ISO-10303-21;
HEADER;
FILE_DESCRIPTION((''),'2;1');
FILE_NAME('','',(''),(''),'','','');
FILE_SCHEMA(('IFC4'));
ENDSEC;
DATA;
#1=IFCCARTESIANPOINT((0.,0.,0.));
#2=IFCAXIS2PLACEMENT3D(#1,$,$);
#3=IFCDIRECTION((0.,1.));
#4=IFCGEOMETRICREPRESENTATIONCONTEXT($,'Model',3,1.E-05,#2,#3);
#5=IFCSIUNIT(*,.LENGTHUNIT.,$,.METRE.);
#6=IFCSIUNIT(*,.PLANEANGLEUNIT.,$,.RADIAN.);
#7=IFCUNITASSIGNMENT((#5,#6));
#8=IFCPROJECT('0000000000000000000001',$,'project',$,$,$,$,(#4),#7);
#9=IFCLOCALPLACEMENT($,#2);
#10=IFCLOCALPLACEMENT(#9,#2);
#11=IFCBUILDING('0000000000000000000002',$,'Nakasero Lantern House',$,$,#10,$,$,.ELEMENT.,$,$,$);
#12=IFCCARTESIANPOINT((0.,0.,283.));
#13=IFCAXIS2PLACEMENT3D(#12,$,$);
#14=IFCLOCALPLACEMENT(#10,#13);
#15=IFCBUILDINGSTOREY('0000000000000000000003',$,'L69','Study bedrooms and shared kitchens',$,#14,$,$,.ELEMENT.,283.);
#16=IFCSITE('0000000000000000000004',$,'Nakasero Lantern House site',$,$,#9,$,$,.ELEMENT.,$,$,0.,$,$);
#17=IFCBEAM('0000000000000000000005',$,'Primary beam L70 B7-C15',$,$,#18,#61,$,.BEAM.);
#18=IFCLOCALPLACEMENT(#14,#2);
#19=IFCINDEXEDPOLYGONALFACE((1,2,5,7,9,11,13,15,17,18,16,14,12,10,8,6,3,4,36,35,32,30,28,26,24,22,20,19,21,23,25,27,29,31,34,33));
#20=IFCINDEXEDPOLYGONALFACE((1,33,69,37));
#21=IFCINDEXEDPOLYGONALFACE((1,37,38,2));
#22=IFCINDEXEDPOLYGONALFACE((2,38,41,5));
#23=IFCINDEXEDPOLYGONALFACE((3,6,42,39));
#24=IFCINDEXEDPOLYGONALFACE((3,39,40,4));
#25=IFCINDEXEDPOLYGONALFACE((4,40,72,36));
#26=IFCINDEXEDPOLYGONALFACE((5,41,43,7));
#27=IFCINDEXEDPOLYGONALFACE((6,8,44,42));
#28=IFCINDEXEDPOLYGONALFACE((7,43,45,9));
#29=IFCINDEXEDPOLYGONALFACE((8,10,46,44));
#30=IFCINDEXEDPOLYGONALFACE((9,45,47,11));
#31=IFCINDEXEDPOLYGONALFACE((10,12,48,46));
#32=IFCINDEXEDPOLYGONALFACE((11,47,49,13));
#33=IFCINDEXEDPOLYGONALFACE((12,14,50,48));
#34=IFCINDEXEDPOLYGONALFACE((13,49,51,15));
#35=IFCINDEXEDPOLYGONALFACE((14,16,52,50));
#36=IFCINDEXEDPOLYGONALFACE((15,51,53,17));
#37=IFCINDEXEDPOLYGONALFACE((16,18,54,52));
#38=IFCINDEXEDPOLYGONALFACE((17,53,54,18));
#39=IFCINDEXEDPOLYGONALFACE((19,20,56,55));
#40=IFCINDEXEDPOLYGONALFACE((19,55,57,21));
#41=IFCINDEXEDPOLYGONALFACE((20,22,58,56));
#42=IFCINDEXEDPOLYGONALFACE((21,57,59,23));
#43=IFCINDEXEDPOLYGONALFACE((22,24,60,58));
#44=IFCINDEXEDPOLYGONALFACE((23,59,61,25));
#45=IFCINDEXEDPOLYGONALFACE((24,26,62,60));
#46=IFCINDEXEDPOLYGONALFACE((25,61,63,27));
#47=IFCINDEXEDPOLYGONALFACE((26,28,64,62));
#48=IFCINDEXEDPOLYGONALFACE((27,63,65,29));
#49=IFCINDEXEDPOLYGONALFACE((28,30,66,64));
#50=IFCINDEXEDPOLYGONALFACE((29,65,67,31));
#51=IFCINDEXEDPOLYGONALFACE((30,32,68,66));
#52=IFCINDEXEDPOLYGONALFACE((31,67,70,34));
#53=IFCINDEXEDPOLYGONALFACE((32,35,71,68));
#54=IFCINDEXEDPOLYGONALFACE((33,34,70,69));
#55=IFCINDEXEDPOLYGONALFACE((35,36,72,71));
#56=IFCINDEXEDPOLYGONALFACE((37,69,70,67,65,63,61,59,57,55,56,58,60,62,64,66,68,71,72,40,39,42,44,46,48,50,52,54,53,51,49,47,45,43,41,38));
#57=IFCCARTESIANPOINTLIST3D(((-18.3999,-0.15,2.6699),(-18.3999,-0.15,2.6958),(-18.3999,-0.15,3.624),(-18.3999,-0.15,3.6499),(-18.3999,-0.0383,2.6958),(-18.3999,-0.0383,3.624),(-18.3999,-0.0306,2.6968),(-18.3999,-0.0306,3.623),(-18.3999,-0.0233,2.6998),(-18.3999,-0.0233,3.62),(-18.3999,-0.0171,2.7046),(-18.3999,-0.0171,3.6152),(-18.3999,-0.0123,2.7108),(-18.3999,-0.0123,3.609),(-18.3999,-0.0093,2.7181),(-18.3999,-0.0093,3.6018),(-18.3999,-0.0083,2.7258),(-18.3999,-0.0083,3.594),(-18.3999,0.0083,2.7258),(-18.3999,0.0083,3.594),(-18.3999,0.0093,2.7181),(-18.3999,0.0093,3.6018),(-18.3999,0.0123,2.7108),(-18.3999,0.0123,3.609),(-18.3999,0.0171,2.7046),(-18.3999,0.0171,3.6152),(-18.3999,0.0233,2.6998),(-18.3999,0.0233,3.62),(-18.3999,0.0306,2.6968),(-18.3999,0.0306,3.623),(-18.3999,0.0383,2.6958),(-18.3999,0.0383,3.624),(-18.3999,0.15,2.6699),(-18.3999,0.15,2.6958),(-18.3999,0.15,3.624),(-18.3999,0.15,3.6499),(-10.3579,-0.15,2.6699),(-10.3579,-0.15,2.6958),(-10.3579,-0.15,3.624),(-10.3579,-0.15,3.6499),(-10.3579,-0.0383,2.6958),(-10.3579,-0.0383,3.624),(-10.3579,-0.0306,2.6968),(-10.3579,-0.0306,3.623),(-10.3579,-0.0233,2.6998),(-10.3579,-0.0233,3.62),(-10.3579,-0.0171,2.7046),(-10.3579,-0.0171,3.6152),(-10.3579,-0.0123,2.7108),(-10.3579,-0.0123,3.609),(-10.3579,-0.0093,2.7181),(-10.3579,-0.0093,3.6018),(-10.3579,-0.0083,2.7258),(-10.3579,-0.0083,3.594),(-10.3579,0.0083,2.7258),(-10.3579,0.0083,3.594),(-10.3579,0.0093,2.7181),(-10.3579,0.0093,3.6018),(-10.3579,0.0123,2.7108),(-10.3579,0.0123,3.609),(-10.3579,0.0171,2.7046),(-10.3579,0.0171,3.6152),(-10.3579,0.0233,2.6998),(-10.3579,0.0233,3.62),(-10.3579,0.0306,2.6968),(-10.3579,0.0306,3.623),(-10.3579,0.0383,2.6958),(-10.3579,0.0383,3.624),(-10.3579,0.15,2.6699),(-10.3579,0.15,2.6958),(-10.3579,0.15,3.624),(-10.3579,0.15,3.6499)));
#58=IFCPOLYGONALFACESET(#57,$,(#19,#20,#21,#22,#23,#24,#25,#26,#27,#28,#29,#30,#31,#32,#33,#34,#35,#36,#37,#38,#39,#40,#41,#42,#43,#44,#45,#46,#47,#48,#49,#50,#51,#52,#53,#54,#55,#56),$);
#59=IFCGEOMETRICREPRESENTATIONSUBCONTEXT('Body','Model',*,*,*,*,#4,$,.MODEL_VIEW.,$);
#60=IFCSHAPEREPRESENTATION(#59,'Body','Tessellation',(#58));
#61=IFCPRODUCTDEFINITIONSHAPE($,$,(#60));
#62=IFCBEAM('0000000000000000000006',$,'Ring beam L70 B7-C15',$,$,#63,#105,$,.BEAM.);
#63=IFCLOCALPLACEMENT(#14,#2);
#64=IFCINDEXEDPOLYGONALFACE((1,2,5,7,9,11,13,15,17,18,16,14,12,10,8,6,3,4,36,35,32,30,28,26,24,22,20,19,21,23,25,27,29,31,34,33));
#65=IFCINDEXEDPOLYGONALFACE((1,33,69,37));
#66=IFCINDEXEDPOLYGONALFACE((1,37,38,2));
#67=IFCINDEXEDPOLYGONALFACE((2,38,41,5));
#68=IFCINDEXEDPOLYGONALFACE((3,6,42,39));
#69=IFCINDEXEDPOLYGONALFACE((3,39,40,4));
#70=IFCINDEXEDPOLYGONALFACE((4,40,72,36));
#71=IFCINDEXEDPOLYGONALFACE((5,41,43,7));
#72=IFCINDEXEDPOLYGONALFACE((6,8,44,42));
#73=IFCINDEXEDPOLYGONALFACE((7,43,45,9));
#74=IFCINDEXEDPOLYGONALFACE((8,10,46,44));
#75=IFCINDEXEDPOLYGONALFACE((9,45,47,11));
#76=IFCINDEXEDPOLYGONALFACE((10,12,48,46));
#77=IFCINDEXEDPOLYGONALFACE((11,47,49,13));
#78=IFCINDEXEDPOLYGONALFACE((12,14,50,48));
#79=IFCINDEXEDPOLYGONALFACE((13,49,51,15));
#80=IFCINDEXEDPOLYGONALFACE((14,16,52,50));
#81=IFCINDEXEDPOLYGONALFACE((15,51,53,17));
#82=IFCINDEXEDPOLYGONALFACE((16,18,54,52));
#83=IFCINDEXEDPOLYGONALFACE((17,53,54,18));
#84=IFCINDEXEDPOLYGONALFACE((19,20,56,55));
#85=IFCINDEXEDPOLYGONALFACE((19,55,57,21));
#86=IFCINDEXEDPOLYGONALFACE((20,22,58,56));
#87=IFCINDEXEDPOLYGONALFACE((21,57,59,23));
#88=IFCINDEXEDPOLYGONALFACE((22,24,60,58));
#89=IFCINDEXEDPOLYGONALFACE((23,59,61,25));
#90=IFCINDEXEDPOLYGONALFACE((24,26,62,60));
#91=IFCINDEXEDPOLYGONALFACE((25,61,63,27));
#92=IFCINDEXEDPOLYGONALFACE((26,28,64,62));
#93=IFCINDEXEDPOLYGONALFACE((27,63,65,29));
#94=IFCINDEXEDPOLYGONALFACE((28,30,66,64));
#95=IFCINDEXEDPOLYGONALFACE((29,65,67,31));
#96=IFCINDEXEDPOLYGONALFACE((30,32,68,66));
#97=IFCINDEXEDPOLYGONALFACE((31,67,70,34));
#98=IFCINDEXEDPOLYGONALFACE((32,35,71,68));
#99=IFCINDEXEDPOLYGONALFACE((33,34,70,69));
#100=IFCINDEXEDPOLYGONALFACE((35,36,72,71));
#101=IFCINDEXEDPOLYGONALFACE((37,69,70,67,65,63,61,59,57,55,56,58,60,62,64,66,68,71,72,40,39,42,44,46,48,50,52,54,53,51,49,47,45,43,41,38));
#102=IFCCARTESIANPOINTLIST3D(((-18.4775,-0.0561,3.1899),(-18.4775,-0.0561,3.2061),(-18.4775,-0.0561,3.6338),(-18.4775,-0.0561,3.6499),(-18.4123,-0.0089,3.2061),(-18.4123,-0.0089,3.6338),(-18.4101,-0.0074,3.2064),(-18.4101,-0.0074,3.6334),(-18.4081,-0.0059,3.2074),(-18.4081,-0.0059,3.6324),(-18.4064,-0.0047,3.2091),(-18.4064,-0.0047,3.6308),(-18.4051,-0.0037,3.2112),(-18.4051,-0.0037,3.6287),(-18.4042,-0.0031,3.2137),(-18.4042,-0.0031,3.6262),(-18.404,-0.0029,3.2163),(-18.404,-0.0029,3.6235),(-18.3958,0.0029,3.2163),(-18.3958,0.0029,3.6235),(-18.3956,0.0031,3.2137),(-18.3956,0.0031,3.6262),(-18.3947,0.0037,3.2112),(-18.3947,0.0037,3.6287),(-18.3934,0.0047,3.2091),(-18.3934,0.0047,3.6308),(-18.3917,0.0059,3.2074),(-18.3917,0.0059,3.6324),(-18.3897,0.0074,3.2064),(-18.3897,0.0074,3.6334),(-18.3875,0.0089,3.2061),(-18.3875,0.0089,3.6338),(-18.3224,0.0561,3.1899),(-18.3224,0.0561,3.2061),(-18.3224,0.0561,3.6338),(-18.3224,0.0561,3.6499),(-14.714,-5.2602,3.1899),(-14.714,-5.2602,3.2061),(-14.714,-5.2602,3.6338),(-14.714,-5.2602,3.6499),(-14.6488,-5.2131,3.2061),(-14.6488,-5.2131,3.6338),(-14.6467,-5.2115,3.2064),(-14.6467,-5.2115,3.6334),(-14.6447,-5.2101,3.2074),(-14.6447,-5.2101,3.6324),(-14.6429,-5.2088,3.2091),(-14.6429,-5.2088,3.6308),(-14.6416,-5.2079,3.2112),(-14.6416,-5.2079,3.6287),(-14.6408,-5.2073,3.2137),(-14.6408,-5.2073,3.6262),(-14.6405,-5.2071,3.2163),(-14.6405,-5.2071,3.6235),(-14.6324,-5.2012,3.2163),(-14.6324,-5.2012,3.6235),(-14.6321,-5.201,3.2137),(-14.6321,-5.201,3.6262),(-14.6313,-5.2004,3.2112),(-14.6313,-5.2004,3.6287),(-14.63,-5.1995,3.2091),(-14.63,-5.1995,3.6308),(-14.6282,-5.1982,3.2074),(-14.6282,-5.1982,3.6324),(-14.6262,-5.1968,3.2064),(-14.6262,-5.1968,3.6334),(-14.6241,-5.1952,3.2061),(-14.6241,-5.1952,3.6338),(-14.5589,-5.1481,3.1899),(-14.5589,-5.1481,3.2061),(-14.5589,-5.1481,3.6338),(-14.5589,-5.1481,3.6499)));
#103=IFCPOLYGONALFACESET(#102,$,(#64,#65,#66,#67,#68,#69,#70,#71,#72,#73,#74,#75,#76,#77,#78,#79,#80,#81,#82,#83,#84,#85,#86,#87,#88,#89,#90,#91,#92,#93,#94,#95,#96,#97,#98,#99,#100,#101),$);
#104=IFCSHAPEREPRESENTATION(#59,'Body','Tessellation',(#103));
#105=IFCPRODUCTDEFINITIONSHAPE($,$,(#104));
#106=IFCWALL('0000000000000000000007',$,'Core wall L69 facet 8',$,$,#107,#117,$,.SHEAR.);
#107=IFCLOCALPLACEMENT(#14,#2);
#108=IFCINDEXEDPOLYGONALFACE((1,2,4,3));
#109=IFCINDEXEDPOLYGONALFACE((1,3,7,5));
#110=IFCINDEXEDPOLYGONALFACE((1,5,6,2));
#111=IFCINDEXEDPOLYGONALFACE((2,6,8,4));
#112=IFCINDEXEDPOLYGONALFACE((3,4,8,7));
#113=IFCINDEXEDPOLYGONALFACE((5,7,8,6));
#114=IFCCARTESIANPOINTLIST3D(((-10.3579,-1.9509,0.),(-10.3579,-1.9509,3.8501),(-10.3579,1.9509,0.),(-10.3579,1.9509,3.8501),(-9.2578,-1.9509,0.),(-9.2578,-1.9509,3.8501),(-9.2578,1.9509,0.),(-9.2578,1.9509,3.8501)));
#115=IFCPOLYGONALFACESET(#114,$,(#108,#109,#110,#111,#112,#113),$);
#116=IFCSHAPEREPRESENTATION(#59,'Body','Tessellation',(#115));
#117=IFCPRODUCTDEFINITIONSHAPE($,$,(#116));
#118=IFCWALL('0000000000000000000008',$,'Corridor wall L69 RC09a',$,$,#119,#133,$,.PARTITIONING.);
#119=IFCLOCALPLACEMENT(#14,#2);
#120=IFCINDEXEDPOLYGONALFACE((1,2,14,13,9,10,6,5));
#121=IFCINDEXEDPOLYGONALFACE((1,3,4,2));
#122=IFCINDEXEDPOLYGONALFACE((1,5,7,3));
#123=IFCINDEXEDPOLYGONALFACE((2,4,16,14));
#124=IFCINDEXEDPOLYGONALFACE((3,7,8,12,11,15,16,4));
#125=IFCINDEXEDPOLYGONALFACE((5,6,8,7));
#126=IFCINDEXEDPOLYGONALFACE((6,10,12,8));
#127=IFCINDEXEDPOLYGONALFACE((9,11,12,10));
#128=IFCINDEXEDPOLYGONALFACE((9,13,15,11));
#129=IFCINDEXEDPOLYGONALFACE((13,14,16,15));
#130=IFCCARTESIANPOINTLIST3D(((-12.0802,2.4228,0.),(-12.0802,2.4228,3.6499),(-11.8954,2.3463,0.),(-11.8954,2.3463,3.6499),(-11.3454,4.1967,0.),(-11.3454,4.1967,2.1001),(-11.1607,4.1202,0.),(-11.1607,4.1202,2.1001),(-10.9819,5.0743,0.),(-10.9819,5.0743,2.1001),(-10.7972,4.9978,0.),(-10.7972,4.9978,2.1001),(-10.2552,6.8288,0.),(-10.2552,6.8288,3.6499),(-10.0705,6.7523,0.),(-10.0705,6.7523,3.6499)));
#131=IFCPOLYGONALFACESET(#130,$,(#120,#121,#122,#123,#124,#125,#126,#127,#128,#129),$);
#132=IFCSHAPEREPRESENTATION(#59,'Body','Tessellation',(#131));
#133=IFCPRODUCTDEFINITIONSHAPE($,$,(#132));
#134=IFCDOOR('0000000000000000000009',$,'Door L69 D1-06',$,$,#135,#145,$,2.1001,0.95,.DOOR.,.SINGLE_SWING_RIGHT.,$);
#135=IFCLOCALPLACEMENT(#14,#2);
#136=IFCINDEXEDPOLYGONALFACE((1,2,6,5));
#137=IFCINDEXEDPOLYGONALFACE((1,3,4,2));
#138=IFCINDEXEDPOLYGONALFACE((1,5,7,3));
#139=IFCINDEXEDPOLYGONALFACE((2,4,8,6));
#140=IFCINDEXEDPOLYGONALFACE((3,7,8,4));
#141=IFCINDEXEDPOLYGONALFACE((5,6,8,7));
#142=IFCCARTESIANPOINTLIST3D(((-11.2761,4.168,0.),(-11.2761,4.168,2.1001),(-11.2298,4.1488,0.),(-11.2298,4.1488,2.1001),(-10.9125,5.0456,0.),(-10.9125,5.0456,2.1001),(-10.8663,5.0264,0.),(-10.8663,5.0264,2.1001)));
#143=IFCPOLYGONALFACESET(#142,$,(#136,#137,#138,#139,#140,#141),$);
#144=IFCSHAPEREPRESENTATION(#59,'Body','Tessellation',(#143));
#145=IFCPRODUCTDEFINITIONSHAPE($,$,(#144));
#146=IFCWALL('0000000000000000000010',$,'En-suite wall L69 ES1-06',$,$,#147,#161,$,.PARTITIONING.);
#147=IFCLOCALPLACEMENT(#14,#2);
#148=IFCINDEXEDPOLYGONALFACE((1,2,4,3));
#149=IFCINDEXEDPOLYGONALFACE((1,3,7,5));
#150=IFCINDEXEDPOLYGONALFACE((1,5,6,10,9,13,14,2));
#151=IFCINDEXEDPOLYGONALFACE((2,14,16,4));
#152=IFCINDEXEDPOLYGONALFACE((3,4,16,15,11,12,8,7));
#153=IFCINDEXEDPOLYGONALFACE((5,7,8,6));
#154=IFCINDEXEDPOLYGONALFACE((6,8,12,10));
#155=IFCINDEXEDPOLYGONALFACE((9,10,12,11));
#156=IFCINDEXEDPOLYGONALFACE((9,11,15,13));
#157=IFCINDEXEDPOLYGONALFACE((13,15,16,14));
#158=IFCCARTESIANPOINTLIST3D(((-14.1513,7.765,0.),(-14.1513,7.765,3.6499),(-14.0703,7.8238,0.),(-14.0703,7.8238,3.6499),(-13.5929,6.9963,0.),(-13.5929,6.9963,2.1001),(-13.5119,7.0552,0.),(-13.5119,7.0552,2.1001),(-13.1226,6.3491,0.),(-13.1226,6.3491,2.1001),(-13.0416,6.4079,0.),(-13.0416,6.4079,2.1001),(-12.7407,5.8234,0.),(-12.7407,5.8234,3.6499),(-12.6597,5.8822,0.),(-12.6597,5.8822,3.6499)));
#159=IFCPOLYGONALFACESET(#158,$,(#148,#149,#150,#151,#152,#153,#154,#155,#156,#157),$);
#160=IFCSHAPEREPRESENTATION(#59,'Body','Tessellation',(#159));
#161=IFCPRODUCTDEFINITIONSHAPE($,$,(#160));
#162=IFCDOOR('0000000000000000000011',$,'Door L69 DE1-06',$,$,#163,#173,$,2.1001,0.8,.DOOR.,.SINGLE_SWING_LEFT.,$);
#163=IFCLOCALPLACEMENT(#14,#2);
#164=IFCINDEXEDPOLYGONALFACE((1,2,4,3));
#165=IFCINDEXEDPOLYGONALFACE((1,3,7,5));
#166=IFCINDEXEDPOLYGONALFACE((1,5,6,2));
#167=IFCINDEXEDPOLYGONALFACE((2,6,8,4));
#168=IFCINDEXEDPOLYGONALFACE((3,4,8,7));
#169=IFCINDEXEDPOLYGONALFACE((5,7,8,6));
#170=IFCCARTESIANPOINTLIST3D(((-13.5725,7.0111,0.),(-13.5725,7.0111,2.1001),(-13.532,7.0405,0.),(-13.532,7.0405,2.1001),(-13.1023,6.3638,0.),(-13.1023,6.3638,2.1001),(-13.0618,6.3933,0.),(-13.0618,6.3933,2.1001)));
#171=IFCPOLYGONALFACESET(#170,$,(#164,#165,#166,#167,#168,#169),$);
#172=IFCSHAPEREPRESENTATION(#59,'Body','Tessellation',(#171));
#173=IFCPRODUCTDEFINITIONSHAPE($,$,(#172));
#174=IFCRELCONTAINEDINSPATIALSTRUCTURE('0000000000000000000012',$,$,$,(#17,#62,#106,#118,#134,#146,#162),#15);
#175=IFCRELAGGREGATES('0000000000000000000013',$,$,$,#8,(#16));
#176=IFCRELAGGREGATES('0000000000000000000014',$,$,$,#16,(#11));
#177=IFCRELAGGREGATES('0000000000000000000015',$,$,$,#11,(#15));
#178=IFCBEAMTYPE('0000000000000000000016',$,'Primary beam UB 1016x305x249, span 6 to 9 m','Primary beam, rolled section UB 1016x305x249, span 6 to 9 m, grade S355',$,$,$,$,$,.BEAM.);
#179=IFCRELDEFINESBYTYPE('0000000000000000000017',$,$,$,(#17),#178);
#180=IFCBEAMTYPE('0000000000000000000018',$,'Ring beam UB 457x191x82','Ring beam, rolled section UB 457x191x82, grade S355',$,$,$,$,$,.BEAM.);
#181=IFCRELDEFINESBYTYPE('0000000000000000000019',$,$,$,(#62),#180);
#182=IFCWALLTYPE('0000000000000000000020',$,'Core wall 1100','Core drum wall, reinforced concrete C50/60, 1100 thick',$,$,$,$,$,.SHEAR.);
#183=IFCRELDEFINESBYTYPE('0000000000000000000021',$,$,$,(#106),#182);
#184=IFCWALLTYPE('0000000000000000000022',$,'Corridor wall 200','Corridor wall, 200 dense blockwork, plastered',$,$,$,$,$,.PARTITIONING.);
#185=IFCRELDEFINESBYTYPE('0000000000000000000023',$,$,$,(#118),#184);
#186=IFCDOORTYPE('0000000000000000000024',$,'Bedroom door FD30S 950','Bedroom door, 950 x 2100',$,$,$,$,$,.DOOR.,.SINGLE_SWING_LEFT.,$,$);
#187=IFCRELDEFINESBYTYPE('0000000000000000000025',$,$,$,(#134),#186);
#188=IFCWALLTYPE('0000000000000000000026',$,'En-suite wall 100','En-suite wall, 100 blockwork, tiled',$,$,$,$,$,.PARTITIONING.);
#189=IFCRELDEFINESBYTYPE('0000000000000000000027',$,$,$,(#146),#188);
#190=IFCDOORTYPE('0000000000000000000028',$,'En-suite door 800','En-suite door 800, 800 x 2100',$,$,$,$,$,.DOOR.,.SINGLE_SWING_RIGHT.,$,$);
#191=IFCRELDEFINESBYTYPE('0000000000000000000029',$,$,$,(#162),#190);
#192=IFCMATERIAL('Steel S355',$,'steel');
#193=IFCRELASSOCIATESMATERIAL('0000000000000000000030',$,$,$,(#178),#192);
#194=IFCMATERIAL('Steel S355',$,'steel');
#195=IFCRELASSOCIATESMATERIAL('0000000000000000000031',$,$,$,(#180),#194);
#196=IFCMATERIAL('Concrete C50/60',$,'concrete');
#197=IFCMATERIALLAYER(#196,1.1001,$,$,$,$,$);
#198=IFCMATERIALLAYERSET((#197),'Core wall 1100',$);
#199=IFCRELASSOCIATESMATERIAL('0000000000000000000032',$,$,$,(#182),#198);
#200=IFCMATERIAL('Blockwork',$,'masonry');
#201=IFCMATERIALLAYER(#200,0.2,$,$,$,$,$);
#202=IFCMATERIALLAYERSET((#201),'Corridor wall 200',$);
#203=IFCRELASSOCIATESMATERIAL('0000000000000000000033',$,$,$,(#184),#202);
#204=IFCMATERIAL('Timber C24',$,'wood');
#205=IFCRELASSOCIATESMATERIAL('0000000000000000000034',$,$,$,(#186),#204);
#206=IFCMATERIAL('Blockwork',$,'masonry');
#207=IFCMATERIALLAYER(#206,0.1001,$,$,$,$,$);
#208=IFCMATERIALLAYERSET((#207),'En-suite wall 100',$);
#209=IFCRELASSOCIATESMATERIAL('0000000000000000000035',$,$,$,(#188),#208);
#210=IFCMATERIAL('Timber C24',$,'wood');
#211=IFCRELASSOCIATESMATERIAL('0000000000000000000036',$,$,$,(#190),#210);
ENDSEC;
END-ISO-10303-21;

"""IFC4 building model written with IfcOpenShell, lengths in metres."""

from ifc_helpers import new_model, si_unit, direction, frame, frame_2d, origin, origin_2d, place, context, subcontext, project, spatial, rectangle, i_section, extrude, material, layer, layer_set, material_profile, profile_set, type_object, element, fill, save


model = new_model("IFC4")

# Units and contexts
model_context = context("Model", 3, precision=1e-05, world=origin(), true_north=direction((0.0, 1.0)))
body_context = subcontext(model_context, "Body", "Model", "MODEL_VIEW")
ifc_project = project(units=[si_unit("LENGTHUNIT", "METRE"), si_unit("PLANEANGLEUNIT", "RADIAN")], contexts=[model_context])

# Site, building, storey
site_placement = place(None, origin())
site = spatial("IfcSite", under=ifc_project, at=site_placement, Name="Nakasero Lantern House site", CompositionType="ELEMENT", RefElevation=0.0)
building_placement = place(site_placement, origin())
building = spatial("IfcBuilding", under=site, at=building_placement, Name="Nakasero Lantern House", CompositionType="ELEMENT")
storey_placement = place(building_placement, frame((0.0, 0.0, 283.0)))
storey = spatial("IfcBuildingStorey", under=building, at=storey_placement, Name="L69", Description="Study bedrooms and shared kitchens", CompositionType="ELEMENT", Elevation=283.0)

# Beams
ifc_material_1 = material(Name="Steel S355", Category="steel")
ifc_material_profile_1 = material_profile(ifc_material_1, i_section(OverallWidth=0.3, OverallDepth=0.98, WebThickness=0.0166, FlangeThickness=0.0259, FilletRadius=0.03, at=origin_2d()), Name="UB 1016x305x249")
ifc_profile_set_1 = profile_set([ifc_material_profile_1], Name="Steel S355")
beam_type_1 = type_object("IfcBeamType", Name="Primary beam UB 1016x305x249, span 6 to 9 m", Description="Primary beam, rolled section UB 1016x305x249, span 6 to 9 m, grade S355", PredefinedType="BEAM", material=ifc_profile_set_1)
beam_1_placement = place(storey_placement, frame((-18.3999, 0.0, 3.1599), z_axis=(1.0, 0.0, 0.0), x_axis=(0.0, 1.0, 0.0)))
element("IfcBeam", 1, at=beam_1_placement, inside=storey, type_object=beam_type_1, Name="Primary beam L70 B7-C15", PredefinedType="BEAM", context=body_context, shape_type="SweptSolid", body=[
    extrude(i_section(OverallWidth=0.3, OverallDepth=0.98, WebThickness=0.0166, FlangeThickness=0.0259, FilletRadius=0.03, at=origin_2d()), origin(), (0.0, 0.0, 1.0), 8.042),
])
ifc_material_2 = material(Name="Steel S355", Category="steel")
ifc_material_profile_2 = material_profile(ifc_material_2, i_section(OverallWidth=0.1914, OverallDepth=0.46, WebThickness=0.01, FlangeThickness=0.0161, FilletRadius=0.0103, at=origin_2d()), Name="UB 457x191x82")
ifc_profile_set_2 = profile_set([ifc_material_profile_2], Name="Steel S355")
beam_type_2 = type_object("IfcBeamType", Name="Ring beam UB 457x191x82", Description="Ring beam, rolled section UB 457x191x82, grade S355", PredefinedType="BEAM", material=ifc_profile_set_2)
beam_2_placement = place(storey_placement, frame((-18.3999, 0.0, 3.4199), z_axis=(0.585993, -0.810316, 0.0), x_axis=(0.810316, 0.585993, 0.0)))
element("IfcBeam", 2, at=beam_2_placement, inside=storey, type_object=beam_type_2, Name="Ring beam L70 B7-C15", PredefinedType="BEAM", context=body_context, shape_type="SweptSolid", body=[
    extrude(i_section(OverallWidth=0.1914, OverallDepth=0.46, WebThickness=0.01, FlangeThickness=0.0161, FilletRadius=0.0103, at=origin_2d()), origin(), (0.0, 0.0, 1.0), 6.4224),
])

# Wall
ifc_material_3 = material(Name="Concrete C50/60", Category="concrete")
ifc_layer_1 = layer(ifc_material_3, 1.1001)
ifc_layer_set_1 = layer_set([ifc_layer_1], Name="Core wall 1100")
wall_type_1 = type_object("IfcWallType", Name="Core wall 1100", Description="Core drum wall, reinforced concrete C50/60, 1100 thick", PredefinedType="SHEAR", material=ifc_layer_set_1)
wall_1_placement = place(storey_placement, frame((-9.8079, 1.9509, 0.0), z_axis=(0.0, 0.0, 1.0), x_axis=(0.0, -1.0, 0.0)))
element("IfcWall", 3, at=wall_1_placement, inside=storey, type_object=wall_type_1, Name="Core wall L69 facet 8", PredefinedType="SHEAR", context=body_context, shape_type="SweptSolid", body=[
    extrude(rectangle(XDim=3.9019, YDim=1.1001, at=frame_2d((1.9509, 0.0))), origin(), (0.0, 0.0, 1.0), 3.8501),
])

# Walls, openings, doors
ifc_material_4 = material(Name="Blockwork", Category="masonry")
ifc_layer_2 = layer(ifc_material_4, 0.2)
ifc_layer_set_2 = layer_set([ifc_layer_2], Name="Corridor wall 200")
wall_type_2 = type_object("IfcWallType", Name="Corridor wall 200", Description="Corridor wall, 200 dense blockwork, plastered", PredefinedType="PARTITIONING", material=ifc_layer_set_2)
wall_2_placement = place(storey_placement, frame((-11.9878, 2.3845, 0.0), z_axis=(0.0, 0.0, 1.0), x_axis=(0.38267, 0.923885, 0.0)))
wall_2 = element("IfcWall", 4, at=wall_2_placement, inside=storey, type_object=wall_type_2, Name="Corridor wall L69 RC09a", PredefinedType="PARTITIONING", context=body_context, shape_type="SweptSolid", body=[
    extrude(rectangle(XDim=4.769, YDim=0.2, at=frame_2d((2.3845, 0.0))), origin(), (0.0, 0.0, 1.0), 3.6499),
])
opening_1_placement = place(wall_2_placement, frame((1.9199, 0.0, 0.0)))
opening_1 = element("IfcOpeningElement", 5, at=opening_1_placement, cuts=wall_2, PredefinedType="OPENING", context=body_context, shape_type="SweptSolid", body=[
    extrude(rectangle(XDim=0.95, YDim=2.1001, at=frame_2d((0.4751, 1.05))), frame((0.0, 0.1199, 0.0), z_axis=(0.0, -1.0, 0.0), x_axis=(1.0, 0.0, 0.0)), (0.0, 0.0, 1.0), 0.24),
])
ifc_material_5 = material(Name="Timber C24", Category="wood")
door_type_1 = type_object("IfcDoorType", Name="Bedroom door FD30S 950", Description="Bedroom door, 950 x 2100", OperationType="SINGLE_SWING_LEFT", PredefinedType="DOOR", material=ifc_material_5)
door_1_placement = place(opening_1_placement, origin())
door_1 = element("IfcDoor", 6, at=door_1_placement, inside=storey, type_object=door_type_1, Name="Door L69 D1-06", OperationType="SINGLE_SWING_RIGHT", OverallHeight=2.1001, OverallWidth=0.95, PredefinedType="DOOR", context=body_context, shape_type="SweptSolid", body=[
    extrude(rectangle(XDim=0.95, YDim=2.1001, at=frame_2d((0.4751, 1.05))), frame((0.0, 0.0249, 0.0), z_axis=(0.0, -1.0, 0.0), x_axis=(1.0, 0.0, 0.0)), (0.0, 0.0, 1.0), 0.05),
])
fill(opening_1, door_1)
ifc_material_6 = material(Name="Blockwork", Category="masonry")
ifc_layer_3 = layer(ifc_material_6, 0.1001)
ifc_layer_set_3 = layer_set([ifc_layer_3], Name="En-suite wall 100")
wall_type_3 = type_object("IfcWallType", Name="En-suite wall 100", Description="En-suite wall, 100 blockwork, tiled", PredefinedType="PARTITIONING", material=ifc_layer_set_3)
wall_3_placement = place(storey_placement, frame((-12.7002, 5.8528, 0.0), z_axis=(0.0, 0.0, 1.0), x_axis=(-0.587772, 0.809026, 0.0)))
wall_3 = element("IfcWall", 7, at=wall_3_placement, inside=storey, type_object=wall_type_3, Name="En-suite wall L69 ES1-06", PredefinedType="PARTITIONING", context=body_context, shape_type="SweptSolid", body=[
    extrude(rectangle(XDim=2.3999, YDim=0.1001, at=frame_2d((1.2, 0.0))), origin(), (0.0, 0.0, 1.0), 3.6499),
])
opening_2_placement = place(wall_3_placement, frame((0.6499, 0.0, 0.0)))
opening_2 = element("IfcOpeningElement", 8, at=opening_2_placement, cuts=wall_3, PredefinedType="OPENING", context=body_context, shape_type="SweptSolid", body=[
    extrude(rectangle(XDim=0.8, YDim=2.1001, at=frame_2d((0.3999, 1.05))), frame((0.0, 0.0701, 0.0), z_axis=(0.0, -1.0, 0.0), x_axis=(1.0, 0.0, 0.0)), (0.0, 0.0, 1.0), 0.1401),
])
ifc_material_7 = material(Name="Timber C24", Category="wood")
door_type_2 = type_object("IfcDoorType", Name="En-suite door 800", Description="En-suite door 800, 800 x 2100", OperationType="SINGLE_SWING_RIGHT", PredefinedType="DOOR", material=ifc_material_7)
door_2_placement = place(opening_2_placement, origin())
door_2 = element("IfcDoor", 9, at=door_2_placement, inside=storey, type_object=door_type_2, Name="Door L69 DE1-06", OperationType="SINGLE_SWING_LEFT", OverallHeight=2.1001, OverallWidth=0.8, PredefinedType="DOOR", context=body_context, shape_type="SweptSolid", body=[
    extrude(rectangle(XDim=0.8, YDim=2.1001, at=frame_2d((0.3999, 1.05))), frame((0.0, 0.0249, 0.0), z_axis=(0.0, -1.0, 0.0), x_axis=(1.0, 0.0, 0.0)), (0.0, 0.0, 1.0), 0.05),
])
fill(opening_2, door_2)

save(model, "model.ifc")
